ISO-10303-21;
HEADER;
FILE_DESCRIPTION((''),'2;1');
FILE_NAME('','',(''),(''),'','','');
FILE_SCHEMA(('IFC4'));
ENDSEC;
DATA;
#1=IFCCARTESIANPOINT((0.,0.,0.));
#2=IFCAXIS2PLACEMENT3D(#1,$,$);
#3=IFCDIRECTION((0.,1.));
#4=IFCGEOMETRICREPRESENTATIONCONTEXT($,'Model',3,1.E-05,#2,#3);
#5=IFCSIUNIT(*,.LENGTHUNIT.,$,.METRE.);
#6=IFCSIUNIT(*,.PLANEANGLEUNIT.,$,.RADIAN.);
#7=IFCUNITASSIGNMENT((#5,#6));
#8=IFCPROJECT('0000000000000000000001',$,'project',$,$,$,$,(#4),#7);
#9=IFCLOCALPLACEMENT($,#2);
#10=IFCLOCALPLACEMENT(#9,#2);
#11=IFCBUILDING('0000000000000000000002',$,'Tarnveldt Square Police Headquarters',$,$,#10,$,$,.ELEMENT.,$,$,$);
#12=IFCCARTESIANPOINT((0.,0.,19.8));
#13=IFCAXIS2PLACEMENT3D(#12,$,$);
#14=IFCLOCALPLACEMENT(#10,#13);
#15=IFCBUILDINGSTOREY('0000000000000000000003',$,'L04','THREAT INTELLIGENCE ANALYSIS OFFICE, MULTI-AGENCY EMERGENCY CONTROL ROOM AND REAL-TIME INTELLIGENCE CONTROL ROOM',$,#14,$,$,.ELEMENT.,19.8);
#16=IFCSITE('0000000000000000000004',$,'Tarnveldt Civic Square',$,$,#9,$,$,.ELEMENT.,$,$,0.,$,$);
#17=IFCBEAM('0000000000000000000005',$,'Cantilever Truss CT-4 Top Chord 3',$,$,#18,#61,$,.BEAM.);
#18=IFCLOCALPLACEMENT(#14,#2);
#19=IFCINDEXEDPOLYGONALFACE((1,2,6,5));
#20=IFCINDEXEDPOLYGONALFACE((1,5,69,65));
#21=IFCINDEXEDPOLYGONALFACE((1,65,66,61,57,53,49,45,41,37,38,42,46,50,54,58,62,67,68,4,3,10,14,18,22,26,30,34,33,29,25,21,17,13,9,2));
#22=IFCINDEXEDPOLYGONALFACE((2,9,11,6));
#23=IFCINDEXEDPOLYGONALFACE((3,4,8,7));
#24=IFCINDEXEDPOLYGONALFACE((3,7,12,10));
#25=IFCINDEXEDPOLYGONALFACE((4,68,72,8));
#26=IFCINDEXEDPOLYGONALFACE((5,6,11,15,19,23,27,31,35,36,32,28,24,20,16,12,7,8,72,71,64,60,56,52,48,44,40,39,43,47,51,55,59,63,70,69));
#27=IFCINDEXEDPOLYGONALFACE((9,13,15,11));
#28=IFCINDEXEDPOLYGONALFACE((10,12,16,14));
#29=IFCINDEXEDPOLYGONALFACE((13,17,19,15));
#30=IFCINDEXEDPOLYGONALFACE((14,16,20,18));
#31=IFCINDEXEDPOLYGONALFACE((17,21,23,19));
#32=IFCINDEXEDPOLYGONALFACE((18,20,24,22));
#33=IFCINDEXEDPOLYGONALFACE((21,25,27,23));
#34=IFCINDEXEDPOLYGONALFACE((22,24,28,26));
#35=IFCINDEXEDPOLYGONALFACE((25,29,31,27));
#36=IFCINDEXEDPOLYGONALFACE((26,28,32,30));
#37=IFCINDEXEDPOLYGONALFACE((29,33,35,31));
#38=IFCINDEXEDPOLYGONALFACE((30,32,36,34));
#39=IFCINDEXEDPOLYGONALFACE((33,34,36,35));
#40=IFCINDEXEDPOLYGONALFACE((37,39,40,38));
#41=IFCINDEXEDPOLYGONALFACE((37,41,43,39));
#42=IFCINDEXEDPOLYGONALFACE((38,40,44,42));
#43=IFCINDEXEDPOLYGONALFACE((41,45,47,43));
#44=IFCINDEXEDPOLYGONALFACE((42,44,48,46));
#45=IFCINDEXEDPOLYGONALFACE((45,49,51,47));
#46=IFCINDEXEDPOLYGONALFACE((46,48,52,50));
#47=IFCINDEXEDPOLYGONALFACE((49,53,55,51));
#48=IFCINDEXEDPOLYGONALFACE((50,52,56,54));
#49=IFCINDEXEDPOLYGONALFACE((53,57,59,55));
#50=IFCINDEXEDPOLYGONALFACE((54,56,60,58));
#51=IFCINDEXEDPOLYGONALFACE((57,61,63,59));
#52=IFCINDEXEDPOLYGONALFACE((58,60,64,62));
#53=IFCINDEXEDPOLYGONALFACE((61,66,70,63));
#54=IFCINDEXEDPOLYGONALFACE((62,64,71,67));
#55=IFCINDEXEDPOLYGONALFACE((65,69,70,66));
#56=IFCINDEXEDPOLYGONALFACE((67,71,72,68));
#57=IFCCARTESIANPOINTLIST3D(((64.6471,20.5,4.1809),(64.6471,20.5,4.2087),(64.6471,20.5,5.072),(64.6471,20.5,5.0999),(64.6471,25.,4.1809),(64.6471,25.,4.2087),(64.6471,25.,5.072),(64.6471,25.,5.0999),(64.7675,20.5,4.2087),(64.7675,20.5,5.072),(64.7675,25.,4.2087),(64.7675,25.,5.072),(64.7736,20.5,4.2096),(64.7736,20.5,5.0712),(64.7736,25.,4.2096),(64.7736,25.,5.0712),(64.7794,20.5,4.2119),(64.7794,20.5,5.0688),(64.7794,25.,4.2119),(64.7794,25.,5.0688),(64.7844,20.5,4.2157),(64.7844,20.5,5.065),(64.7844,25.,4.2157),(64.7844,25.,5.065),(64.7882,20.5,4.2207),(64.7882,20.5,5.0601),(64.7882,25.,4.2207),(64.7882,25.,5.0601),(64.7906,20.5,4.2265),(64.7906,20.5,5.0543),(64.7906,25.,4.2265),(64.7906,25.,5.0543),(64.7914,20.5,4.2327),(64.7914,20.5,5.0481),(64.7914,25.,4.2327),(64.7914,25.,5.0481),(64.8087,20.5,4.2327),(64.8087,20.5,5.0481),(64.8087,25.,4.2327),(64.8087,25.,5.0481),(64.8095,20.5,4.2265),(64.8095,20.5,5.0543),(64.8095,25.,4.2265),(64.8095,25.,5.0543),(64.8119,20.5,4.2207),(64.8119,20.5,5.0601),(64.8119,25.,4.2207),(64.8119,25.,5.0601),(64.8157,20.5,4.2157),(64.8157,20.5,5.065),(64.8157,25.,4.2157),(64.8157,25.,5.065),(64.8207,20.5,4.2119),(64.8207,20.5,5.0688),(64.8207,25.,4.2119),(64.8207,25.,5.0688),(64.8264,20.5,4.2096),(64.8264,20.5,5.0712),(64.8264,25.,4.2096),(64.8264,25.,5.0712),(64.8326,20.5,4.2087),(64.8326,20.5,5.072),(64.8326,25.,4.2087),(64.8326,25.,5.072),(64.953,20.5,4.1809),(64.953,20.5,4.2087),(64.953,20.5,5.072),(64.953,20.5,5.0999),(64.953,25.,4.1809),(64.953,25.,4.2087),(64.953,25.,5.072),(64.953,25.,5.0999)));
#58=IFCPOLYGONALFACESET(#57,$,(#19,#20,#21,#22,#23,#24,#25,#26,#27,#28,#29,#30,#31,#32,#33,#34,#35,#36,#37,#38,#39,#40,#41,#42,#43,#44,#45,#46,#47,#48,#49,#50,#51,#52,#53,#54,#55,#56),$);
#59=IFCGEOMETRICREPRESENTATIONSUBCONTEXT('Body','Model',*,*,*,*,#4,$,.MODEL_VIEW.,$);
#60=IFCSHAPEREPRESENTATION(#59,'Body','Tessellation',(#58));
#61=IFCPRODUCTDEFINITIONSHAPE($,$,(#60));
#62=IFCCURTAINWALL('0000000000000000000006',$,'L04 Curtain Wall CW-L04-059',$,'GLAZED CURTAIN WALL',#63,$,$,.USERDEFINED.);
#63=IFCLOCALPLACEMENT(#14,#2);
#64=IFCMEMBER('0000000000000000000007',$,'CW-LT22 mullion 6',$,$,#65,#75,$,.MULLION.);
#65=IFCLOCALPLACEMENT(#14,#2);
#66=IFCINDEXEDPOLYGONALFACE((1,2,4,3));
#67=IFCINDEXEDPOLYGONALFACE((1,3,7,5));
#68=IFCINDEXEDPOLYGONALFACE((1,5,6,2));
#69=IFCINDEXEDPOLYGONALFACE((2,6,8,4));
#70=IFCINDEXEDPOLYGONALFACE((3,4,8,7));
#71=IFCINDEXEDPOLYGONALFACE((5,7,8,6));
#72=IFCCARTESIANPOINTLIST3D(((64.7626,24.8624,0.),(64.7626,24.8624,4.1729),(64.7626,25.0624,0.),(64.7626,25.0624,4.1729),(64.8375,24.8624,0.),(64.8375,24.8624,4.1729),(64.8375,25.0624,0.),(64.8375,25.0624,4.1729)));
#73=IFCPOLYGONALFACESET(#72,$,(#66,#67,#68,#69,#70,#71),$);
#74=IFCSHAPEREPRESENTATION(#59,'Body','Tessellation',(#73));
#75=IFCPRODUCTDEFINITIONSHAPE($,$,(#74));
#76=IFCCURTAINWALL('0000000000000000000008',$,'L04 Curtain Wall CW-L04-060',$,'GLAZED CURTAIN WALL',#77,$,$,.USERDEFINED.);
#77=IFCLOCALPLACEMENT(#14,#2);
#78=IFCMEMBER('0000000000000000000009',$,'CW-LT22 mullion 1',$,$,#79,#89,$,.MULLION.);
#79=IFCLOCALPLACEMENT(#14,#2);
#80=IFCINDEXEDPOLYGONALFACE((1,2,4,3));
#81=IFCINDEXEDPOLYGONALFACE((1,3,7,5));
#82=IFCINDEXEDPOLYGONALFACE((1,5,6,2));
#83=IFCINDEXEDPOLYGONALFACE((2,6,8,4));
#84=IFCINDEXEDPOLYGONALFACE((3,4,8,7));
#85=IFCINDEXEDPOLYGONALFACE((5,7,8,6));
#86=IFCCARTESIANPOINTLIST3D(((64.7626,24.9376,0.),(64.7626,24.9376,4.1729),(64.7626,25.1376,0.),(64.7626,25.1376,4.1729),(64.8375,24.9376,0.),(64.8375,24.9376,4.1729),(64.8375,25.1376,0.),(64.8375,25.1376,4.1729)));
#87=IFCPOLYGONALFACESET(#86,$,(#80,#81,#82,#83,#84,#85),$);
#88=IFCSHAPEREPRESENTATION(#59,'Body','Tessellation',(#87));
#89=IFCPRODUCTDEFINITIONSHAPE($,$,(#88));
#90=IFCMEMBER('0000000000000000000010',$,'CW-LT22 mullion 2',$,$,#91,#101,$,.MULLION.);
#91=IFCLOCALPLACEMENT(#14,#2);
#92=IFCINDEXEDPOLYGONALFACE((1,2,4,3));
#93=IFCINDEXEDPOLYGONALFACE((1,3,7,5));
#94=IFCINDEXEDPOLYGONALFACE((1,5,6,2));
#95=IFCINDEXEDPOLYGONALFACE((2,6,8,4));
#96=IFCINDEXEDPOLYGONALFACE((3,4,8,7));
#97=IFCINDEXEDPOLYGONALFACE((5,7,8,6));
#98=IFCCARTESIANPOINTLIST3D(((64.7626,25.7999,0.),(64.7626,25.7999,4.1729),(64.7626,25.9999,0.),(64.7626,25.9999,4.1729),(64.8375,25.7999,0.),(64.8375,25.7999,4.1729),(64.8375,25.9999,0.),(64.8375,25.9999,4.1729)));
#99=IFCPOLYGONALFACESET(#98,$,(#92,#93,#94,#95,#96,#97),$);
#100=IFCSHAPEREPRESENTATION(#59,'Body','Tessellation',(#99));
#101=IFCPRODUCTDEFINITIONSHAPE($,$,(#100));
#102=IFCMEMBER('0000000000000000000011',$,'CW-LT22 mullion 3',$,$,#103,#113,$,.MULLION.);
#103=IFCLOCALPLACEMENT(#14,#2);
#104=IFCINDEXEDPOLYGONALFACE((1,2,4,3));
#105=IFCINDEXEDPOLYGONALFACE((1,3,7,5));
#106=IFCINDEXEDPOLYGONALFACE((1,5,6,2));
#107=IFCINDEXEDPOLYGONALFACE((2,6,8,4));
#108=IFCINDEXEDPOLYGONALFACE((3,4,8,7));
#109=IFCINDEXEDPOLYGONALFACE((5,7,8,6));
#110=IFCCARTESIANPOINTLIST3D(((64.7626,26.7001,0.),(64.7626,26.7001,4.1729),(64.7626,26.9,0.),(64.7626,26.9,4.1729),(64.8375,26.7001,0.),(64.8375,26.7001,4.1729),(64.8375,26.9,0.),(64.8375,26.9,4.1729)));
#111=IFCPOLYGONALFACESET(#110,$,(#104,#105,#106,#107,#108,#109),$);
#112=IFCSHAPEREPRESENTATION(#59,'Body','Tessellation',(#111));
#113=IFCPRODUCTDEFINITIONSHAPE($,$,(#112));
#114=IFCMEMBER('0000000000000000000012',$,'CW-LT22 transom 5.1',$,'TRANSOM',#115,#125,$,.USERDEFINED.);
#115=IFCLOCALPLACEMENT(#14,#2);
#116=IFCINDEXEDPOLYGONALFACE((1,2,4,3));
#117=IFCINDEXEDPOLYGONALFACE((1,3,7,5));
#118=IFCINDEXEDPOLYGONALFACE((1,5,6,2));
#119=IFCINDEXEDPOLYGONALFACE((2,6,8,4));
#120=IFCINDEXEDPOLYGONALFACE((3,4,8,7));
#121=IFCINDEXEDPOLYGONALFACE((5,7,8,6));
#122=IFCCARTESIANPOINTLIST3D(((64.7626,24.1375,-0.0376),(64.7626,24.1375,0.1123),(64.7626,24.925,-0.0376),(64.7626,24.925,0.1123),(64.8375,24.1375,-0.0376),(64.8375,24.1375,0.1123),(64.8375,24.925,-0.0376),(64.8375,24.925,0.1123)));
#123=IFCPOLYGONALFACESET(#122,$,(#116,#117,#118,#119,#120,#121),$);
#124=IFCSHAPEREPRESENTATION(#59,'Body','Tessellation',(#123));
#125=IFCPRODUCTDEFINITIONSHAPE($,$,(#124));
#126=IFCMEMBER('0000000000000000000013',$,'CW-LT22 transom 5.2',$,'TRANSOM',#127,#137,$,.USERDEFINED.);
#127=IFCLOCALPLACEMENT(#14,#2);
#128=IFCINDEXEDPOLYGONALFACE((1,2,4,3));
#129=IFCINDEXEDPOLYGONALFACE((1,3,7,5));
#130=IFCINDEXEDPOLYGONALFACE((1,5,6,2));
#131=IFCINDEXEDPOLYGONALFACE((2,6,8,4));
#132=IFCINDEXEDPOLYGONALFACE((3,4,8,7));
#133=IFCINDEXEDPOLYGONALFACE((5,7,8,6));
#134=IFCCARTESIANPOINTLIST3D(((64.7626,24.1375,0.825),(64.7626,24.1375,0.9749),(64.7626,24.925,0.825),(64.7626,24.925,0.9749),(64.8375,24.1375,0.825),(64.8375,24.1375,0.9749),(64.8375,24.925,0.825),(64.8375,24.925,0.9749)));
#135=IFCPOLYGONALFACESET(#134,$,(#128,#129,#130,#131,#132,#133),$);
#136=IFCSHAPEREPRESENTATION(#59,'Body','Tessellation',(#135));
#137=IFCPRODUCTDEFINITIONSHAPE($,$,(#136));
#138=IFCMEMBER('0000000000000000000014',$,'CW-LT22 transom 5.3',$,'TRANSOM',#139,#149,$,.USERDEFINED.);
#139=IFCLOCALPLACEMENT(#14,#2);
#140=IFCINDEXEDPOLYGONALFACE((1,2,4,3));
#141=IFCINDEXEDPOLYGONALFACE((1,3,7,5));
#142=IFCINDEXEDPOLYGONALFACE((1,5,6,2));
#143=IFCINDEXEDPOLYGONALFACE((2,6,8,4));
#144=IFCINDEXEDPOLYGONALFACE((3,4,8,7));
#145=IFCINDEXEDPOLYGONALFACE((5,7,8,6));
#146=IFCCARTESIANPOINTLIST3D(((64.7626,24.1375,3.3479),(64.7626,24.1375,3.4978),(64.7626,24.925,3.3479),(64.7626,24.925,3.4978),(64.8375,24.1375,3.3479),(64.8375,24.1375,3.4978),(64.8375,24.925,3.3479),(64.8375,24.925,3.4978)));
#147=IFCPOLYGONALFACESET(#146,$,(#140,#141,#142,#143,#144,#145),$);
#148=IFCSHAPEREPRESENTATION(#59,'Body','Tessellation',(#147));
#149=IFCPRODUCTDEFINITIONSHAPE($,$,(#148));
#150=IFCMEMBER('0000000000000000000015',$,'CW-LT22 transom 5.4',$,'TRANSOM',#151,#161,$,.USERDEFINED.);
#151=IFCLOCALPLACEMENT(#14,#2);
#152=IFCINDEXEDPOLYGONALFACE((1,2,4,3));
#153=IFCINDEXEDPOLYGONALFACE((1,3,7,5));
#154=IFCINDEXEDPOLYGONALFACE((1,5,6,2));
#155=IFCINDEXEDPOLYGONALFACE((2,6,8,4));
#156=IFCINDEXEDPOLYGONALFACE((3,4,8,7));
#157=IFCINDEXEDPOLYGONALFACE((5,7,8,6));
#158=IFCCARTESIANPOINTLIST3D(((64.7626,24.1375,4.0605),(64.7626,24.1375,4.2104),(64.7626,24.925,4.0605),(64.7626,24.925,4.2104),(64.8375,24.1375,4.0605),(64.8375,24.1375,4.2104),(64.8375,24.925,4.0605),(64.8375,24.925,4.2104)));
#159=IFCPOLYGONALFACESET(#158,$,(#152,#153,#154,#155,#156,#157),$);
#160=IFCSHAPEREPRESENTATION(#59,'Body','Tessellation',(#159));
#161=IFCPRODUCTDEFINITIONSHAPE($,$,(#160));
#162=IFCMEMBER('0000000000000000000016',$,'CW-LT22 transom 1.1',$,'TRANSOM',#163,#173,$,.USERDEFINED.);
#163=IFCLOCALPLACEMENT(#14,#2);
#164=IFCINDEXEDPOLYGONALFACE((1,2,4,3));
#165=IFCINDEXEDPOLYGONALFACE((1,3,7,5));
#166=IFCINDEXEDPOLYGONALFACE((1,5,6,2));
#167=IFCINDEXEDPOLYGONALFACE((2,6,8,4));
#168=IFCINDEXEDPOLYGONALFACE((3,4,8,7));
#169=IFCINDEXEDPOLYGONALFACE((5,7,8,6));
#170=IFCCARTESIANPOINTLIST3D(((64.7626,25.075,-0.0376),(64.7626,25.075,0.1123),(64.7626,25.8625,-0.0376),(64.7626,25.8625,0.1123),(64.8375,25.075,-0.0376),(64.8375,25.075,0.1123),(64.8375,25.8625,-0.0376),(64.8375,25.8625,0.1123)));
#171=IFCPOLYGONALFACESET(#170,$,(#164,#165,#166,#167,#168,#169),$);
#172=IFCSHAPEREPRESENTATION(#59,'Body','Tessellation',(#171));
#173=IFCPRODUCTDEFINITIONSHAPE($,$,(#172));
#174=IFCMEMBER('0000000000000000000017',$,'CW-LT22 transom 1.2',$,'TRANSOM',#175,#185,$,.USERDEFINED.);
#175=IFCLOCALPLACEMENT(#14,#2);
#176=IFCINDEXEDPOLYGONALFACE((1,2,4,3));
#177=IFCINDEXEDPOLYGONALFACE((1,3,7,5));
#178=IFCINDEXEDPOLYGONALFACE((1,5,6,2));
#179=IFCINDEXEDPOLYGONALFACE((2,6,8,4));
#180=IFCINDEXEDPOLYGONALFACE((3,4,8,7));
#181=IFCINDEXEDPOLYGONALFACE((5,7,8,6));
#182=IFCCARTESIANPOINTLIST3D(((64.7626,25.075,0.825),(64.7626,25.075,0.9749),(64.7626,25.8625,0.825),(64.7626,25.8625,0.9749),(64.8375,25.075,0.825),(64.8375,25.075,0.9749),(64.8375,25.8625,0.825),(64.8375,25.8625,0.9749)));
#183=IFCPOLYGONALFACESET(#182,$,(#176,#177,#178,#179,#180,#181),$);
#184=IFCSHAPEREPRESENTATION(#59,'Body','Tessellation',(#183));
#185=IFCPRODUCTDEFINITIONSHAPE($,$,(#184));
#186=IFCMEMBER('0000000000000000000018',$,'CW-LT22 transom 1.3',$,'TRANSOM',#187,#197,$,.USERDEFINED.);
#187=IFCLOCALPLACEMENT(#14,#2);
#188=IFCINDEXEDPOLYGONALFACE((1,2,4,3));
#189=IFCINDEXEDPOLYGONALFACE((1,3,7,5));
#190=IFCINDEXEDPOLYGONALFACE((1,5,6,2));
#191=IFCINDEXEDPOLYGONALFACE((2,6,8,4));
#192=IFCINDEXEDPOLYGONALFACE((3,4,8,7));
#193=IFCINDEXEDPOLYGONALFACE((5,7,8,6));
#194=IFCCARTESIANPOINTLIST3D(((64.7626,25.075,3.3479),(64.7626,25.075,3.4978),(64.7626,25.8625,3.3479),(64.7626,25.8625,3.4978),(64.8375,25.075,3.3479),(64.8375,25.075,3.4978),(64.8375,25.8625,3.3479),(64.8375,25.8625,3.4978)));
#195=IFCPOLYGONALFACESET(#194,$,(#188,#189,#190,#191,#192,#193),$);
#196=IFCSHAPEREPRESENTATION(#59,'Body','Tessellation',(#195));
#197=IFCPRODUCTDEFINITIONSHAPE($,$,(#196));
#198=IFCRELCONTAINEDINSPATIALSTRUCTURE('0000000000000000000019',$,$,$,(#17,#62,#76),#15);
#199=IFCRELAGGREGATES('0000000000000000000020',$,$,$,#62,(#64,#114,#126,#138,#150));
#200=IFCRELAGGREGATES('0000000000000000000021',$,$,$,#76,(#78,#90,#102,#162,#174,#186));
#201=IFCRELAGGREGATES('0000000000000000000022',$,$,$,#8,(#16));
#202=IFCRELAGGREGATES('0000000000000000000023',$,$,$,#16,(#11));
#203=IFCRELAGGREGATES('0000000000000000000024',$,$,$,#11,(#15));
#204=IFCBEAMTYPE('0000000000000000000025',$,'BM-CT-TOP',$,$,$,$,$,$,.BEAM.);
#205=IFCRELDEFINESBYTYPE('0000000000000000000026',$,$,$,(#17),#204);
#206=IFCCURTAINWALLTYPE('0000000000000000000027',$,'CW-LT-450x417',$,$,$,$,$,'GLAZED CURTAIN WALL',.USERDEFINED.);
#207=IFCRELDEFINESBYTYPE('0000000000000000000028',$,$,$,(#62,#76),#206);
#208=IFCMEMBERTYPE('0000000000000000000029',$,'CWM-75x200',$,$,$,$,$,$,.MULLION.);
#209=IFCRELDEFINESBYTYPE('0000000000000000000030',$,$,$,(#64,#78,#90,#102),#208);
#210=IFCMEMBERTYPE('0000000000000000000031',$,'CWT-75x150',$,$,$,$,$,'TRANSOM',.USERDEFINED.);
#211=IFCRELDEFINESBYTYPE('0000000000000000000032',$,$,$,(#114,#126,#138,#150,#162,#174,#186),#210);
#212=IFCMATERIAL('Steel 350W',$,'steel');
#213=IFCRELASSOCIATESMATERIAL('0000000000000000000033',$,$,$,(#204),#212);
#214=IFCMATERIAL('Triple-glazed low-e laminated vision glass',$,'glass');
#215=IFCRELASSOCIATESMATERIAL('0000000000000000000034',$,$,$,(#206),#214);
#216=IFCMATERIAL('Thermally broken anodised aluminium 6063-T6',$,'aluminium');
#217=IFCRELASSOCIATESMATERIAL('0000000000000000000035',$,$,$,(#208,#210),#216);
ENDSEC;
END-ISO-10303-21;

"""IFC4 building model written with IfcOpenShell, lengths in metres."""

from ifc_helpers import new_model, si_unit, direction, frame, origin, origin_2d, place, context, subcontext, project, spatial, rectangle, i_section, extrude, material, material_profile, profile_set, type_object, element, aggregate, save


model = new_model("IFC4")

# Units and contexts
model_context = context("Model", 3, precision=1e-05, world=origin(), true_north=direction((0.0, 1.0)))
body_context = subcontext(model_context, "Body", "Model", "MODEL_VIEW")
ifc_project = project(units=[si_unit("LENGTHUNIT", "METRE"), si_unit("PLANEANGLEUNIT", "RADIAN")], contexts=[model_context])

# Site, building, storey
site_placement = place(None, origin())
site = spatial("IfcSite", under=ifc_project, at=site_placement, Name="Tarnveldt Civic Square", CompositionType="ELEMENT", RefElevation=0.0)
building_placement = place(site_placement, origin())
building = spatial("IfcBuilding", under=site, at=building_placement, Name="Tarnveldt Square Police Headquarters", CompositionType="ELEMENT")
storey_placement = place(building_placement, frame((0.0, 0.0, 19.8)))
storey = spatial("IfcBuildingStorey", under=building, at=storey_placement, Name="L04", Description="THREAT INTELLIGENCE ANALYSIS OFFICE, MULTI-AGENCY EMERGENCY CONTROL ROOM AND REAL-TIME INTELLIGENCE CONTROL ROOM", CompositionType="ELEMENT", Elevation=19.8)

# Beam
ifc_material_1 = material(Name="Steel 350W", Category="steel")
ifc_material_profile_1 = material_profile(ifc_material_1, i_section(OverallWidth=0.3059, OverallDepth=0.9189, WebThickness=0.0173, FlangeThickness=0.0278, FilletRadius=0.0239, at=origin_2d()), Name="W920x253")
ifc_profile_set_1 = profile_set([ifc_material_profile_1], Name="Steel 350W")
beam_type = type_object("IfcBeamType", Name="BM-CT-TOP", PredefinedType="BEAM", material=ifc_profile_set_1)
beam_placement = place(storey_placement, frame((64.8, 25.0, 4.6404), z_axis=(0.0, -1.0, 0.0), x_axis=(1.0, 0.0, 0.0)))
element("IfcBeam", 1, at=beam_placement, inside=storey, type_object=beam_type, Name="Cantilever Truss CT-4 Top Chord 3", PredefinedType="BEAM", context=body_context, shape_type="SweptSolid", body=[
    extrude(i_section(OverallWidth=0.3059, OverallDepth=0.9189, WebThickness=0.0173, FlangeThickness=0.0278, FilletRadius=0.0239, at=origin_2d()), origin(), (0.0, 0.0, 1.0), 4.5),
])

# Curtain wall, member
ifc_material_2 = material(Name="Triple-glazed low-e laminated vision glass", Category="glass")
curtain_wall_type = type_object("IfcCurtainWallType", Name="CW-LT-450x417", ElementType="GLAZED CURTAIN WALL", PredefinedType="USERDEFINED", material=ifc_material_2)
curtain_wall_1_placement = place(storey_placement, origin())
curtain_wall_1 = element("IfcCurtainWall", 2, at=curtain_wall_1_placement, inside=storey, type_object=curtain_wall_type, Name="L04 Curtain Wall CW-L04-059", ObjectType="GLAZED CURTAIN WALL", PredefinedType="USERDEFINED")
ifc_material_3 = material(Name="Thermally broken anodised aluminium 6063-T6", Category="aluminium")
ifc_material_profile_2 = material_profile(ifc_material_3, rectangle(XDim=0.075, YDim=0.2, at=origin_2d()), Name="CW-M75x200")
ifc_profile_set_2 = profile_set([ifc_material_profile_2], Name="Thermally broken anodised aluminium 6063-T6")
member_type_1 = type_object("IfcMemberType", Name="CWM-75x200", PredefinedType="MULLION", material=ifc_profile_set_2)
member_1_placement = place(storey_placement, frame((64.8, 24.9624, 0.0), z_axis=(0.0, 0.0, 1.0), x_axis=(-1.0, 0.0, 0.0)))
member_1 = element("IfcMember", 3, at=member_1_placement, type_object=member_type_1, Name="CW-LT22 mullion 6", PredefinedType="MULLION", context=body_context, shape_type="SweptSolid", body=[
    extrude(rectangle(XDim=0.075, YDim=0.2, at=origin_2d()), origin(), (0.0, 0.0, 1.0), 4.1729),
])

# Curtain wall, members
curtain_wall_2_placement = place(storey_placement, origin())
curtain_wall_2 = element("IfcCurtainWall", 4, at=curtain_wall_2_placement, inside=storey, type_object=curtain_wall_type, Name="L04 Curtain Wall CW-L04-060", ObjectType="GLAZED CURTAIN WALL", PredefinedType="USERDEFINED")
member_2_placement = place(storey_placement, frame((64.8, 25.0376, 0.0), z_axis=(0.0, 0.0, 1.0), x_axis=(-1.0, 0.0, 0.0)))
member_2 = element("IfcMember", 5, at=member_2_placement, type_object=member_type_1, Name="CW-LT22 mullion 1", PredefinedType="MULLION", context=body_context, shape_type="SweptSolid", body=[
    extrude(rectangle(XDim=0.075, YDim=0.2, at=origin_2d()), origin(), (0.0, 0.0, 1.0), 4.1729),
])
member_3_placement = place(storey_placement, frame((64.8, 25.8999, 0.0), z_axis=(0.0, 0.0, 1.0), x_axis=(-1.0, 0.0, 0.0)))
member_3 = element("IfcMember", 6, at=member_3_placement, type_object=member_type_1, Name="CW-LT22 mullion 2", PredefinedType="MULLION", context=body_context, shape_type="SweptSolid", body=[
    extrude(rectangle(XDim=0.075, YDim=0.2, at=origin_2d()), origin(), (0.0, 0.0, 1.0), 4.1729),
])
member_4_placement = place(storey_placement, frame((64.8, 26.8, 0.0), z_axis=(0.0, 0.0, 1.0), x_axis=(-1.0, 0.0, 0.0)))
member_4 = element("IfcMember", 7, at=member_4_placement, type_object=member_type_1, Name="CW-LT22 mullion 3", PredefinedType="MULLION", context=body_context, shape_type="SweptSolid", body=[
    extrude(rectangle(XDim=0.075, YDim=0.2, at=origin_2d()), origin(), (0.0, 0.0, 1.0), 4.1729),
])

# Members
ifc_material_profile_3 = material_profile(ifc_material_3, rectangle(XDim=0.075, YDim=0.1499, at=origin_2d()), Name="CW-T75x150")
ifc_profile_set_3 = profile_set([ifc_material_profile_3], Name="Thermally broken anodised aluminium 6063-T6")
member_type_2 = type_object("IfcMemberType", Name="CWT-75x150", ElementType="TRANSOM", PredefinedType="USERDEFINED", material=ifc_profile_set_3)
member_5_placement = place(storey_placement, frame((64.8, 24.1375, 0.0374), z_axis=(0.0, 1.0, 0.0), x_axis=(-1.0, 0.0, 0.0)))
member_5 = element("IfcMember", 8, at=member_5_placement, type_object=member_type_2, Name="CW-LT22 transom 5.1", ObjectType="TRANSOM", PredefinedType="USERDEFINED", context=body_context, shape_type="SweptSolid", body=[
    extrude(rectangle(XDim=0.075, YDim=0.1499, at=origin_2d()), origin(), (0.0, 0.0, 1.0), 0.7876),
])
member_6_placement = place(storey_placement, frame((64.8, 24.1375, 0.8999), z_axis=(0.0, 1.0, 0.0), x_axis=(-1.0, 0.0, 0.0)))
member_6 = element("IfcMember", 9, at=member_6_placement, type_object=member_type_2, Name="CW-LT22 transom 5.2", ObjectType="TRANSOM", PredefinedType="USERDEFINED", context=body_context, shape_type="SweptSolid", body=[
    extrude(rectangle(XDim=0.075, YDim=0.1499, at=origin_2d()), origin(), (0.0, 0.0, 1.0), 0.7876),
])
member_7_placement = place(storey_placement, frame((64.8, 24.1375, 3.4229), z_axis=(0.0, 1.0, 0.0), x_axis=(-1.0, 0.0, 0.0)))
member_7 = element("IfcMember", 10, at=member_7_placement, type_object=member_type_2, Name="CW-LT22 transom 5.3", ObjectType="TRANSOM", PredefinedType="USERDEFINED", context=body_context, shape_type="SweptSolid", body=[
    extrude(rectangle(XDim=0.075, YDim=0.1499, at=origin_2d()), origin(), (0.0, 0.0, 1.0), 0.7876),
])
member_8_placement = place(storey_placement, frame((64.8, 24.1375, 4.1355), z_axis=(0.0, 1.0, 0.0), x_axis=(-1.0, 0.0, 0.0)))
member_8 = element("IfcMember", 11, at=member_8_placement, type_object=member_type_2, Name="CW-LT22 transom 5.4", ObjectType="TRANSOM", PredefinedType="USERDEFINED", context=body_context, shape_type="SweptSolid", body=[
    extrude(rectangle(XDim=0.075, YDim=0.1499, at=origin_2d()), origin(), (0.0, 0.0, 1.0), 0.7876),
])
member_9_placement = place(storey_placement, frame((64.8, 25.075, 0.0374), z_axis=(0.0, 1.0, 0.0), x_axis=(-1.0, 0.0, 0.0)))
member_9 = element("IfcMember", 12, at=member_9_placement, type_object=member_type_2, Name="CW-LT22 transom 1.1", ObjectType="TRANSOM", PredefinedType="USERDEFINED", context=body_context, shape_type="SweptSolid", body=[
    extrude(rectangle(XDim=0.075, YDim=0.1499, at=origin_2d()), origin(), (0.0, 0.0, 1.0), 0.7876),
])
member_10_placement = place(storey_placement, frame((64.8, 25.075, 0.8999), z_axis=(0.0, 1.0, 0.0), x_axis=(-1.0, 0.0, 0.0)))
member_10 = element("IfcMember", 13, at=member_10_placement, type_object=member_type_2, Name="CW-LT22 transom 1.2", ObjectType="TRANSOM", PredefinedType="USERDEFINED", context=body_context, shape_type="SweptSolid", body=[
    extrude(rectangle(XDim=0.075, YDim=0.1499, at=origin_2d()), origin(), (0.0, 0.0, 1.0), 0.7876),
])
member_11_placement = place(storey_placement, frame((64.8, 25.075, 3.4229), z_axis=(0.0, 1.0, 0.0), x_axis=(-1.0, 0.0, 0.0)))
member_11 = element("IfcMember", 14, at=member_11_placement, type_object=member_type_2, Name="CW-LT22 transom 1.3", ObjectType="TRANSOM", PredefinedType="USERDEFINED", context=body_context, shape_type="SweptSolid", body=[
    extrude(rectangle(XDim=0.075, YDim=0.1499, at=origin_2d()), origin(), (0.0, 0.0, 1.0), 0.7876),
])

aggregate(curtain_wall_1, [member_1, member_5, member_6, member_7, member_8])
aggregate(curtain_wall_2, [member_2, member_3, member_4, member_9, member_10, member_11])

save(model, "model.ifc")
